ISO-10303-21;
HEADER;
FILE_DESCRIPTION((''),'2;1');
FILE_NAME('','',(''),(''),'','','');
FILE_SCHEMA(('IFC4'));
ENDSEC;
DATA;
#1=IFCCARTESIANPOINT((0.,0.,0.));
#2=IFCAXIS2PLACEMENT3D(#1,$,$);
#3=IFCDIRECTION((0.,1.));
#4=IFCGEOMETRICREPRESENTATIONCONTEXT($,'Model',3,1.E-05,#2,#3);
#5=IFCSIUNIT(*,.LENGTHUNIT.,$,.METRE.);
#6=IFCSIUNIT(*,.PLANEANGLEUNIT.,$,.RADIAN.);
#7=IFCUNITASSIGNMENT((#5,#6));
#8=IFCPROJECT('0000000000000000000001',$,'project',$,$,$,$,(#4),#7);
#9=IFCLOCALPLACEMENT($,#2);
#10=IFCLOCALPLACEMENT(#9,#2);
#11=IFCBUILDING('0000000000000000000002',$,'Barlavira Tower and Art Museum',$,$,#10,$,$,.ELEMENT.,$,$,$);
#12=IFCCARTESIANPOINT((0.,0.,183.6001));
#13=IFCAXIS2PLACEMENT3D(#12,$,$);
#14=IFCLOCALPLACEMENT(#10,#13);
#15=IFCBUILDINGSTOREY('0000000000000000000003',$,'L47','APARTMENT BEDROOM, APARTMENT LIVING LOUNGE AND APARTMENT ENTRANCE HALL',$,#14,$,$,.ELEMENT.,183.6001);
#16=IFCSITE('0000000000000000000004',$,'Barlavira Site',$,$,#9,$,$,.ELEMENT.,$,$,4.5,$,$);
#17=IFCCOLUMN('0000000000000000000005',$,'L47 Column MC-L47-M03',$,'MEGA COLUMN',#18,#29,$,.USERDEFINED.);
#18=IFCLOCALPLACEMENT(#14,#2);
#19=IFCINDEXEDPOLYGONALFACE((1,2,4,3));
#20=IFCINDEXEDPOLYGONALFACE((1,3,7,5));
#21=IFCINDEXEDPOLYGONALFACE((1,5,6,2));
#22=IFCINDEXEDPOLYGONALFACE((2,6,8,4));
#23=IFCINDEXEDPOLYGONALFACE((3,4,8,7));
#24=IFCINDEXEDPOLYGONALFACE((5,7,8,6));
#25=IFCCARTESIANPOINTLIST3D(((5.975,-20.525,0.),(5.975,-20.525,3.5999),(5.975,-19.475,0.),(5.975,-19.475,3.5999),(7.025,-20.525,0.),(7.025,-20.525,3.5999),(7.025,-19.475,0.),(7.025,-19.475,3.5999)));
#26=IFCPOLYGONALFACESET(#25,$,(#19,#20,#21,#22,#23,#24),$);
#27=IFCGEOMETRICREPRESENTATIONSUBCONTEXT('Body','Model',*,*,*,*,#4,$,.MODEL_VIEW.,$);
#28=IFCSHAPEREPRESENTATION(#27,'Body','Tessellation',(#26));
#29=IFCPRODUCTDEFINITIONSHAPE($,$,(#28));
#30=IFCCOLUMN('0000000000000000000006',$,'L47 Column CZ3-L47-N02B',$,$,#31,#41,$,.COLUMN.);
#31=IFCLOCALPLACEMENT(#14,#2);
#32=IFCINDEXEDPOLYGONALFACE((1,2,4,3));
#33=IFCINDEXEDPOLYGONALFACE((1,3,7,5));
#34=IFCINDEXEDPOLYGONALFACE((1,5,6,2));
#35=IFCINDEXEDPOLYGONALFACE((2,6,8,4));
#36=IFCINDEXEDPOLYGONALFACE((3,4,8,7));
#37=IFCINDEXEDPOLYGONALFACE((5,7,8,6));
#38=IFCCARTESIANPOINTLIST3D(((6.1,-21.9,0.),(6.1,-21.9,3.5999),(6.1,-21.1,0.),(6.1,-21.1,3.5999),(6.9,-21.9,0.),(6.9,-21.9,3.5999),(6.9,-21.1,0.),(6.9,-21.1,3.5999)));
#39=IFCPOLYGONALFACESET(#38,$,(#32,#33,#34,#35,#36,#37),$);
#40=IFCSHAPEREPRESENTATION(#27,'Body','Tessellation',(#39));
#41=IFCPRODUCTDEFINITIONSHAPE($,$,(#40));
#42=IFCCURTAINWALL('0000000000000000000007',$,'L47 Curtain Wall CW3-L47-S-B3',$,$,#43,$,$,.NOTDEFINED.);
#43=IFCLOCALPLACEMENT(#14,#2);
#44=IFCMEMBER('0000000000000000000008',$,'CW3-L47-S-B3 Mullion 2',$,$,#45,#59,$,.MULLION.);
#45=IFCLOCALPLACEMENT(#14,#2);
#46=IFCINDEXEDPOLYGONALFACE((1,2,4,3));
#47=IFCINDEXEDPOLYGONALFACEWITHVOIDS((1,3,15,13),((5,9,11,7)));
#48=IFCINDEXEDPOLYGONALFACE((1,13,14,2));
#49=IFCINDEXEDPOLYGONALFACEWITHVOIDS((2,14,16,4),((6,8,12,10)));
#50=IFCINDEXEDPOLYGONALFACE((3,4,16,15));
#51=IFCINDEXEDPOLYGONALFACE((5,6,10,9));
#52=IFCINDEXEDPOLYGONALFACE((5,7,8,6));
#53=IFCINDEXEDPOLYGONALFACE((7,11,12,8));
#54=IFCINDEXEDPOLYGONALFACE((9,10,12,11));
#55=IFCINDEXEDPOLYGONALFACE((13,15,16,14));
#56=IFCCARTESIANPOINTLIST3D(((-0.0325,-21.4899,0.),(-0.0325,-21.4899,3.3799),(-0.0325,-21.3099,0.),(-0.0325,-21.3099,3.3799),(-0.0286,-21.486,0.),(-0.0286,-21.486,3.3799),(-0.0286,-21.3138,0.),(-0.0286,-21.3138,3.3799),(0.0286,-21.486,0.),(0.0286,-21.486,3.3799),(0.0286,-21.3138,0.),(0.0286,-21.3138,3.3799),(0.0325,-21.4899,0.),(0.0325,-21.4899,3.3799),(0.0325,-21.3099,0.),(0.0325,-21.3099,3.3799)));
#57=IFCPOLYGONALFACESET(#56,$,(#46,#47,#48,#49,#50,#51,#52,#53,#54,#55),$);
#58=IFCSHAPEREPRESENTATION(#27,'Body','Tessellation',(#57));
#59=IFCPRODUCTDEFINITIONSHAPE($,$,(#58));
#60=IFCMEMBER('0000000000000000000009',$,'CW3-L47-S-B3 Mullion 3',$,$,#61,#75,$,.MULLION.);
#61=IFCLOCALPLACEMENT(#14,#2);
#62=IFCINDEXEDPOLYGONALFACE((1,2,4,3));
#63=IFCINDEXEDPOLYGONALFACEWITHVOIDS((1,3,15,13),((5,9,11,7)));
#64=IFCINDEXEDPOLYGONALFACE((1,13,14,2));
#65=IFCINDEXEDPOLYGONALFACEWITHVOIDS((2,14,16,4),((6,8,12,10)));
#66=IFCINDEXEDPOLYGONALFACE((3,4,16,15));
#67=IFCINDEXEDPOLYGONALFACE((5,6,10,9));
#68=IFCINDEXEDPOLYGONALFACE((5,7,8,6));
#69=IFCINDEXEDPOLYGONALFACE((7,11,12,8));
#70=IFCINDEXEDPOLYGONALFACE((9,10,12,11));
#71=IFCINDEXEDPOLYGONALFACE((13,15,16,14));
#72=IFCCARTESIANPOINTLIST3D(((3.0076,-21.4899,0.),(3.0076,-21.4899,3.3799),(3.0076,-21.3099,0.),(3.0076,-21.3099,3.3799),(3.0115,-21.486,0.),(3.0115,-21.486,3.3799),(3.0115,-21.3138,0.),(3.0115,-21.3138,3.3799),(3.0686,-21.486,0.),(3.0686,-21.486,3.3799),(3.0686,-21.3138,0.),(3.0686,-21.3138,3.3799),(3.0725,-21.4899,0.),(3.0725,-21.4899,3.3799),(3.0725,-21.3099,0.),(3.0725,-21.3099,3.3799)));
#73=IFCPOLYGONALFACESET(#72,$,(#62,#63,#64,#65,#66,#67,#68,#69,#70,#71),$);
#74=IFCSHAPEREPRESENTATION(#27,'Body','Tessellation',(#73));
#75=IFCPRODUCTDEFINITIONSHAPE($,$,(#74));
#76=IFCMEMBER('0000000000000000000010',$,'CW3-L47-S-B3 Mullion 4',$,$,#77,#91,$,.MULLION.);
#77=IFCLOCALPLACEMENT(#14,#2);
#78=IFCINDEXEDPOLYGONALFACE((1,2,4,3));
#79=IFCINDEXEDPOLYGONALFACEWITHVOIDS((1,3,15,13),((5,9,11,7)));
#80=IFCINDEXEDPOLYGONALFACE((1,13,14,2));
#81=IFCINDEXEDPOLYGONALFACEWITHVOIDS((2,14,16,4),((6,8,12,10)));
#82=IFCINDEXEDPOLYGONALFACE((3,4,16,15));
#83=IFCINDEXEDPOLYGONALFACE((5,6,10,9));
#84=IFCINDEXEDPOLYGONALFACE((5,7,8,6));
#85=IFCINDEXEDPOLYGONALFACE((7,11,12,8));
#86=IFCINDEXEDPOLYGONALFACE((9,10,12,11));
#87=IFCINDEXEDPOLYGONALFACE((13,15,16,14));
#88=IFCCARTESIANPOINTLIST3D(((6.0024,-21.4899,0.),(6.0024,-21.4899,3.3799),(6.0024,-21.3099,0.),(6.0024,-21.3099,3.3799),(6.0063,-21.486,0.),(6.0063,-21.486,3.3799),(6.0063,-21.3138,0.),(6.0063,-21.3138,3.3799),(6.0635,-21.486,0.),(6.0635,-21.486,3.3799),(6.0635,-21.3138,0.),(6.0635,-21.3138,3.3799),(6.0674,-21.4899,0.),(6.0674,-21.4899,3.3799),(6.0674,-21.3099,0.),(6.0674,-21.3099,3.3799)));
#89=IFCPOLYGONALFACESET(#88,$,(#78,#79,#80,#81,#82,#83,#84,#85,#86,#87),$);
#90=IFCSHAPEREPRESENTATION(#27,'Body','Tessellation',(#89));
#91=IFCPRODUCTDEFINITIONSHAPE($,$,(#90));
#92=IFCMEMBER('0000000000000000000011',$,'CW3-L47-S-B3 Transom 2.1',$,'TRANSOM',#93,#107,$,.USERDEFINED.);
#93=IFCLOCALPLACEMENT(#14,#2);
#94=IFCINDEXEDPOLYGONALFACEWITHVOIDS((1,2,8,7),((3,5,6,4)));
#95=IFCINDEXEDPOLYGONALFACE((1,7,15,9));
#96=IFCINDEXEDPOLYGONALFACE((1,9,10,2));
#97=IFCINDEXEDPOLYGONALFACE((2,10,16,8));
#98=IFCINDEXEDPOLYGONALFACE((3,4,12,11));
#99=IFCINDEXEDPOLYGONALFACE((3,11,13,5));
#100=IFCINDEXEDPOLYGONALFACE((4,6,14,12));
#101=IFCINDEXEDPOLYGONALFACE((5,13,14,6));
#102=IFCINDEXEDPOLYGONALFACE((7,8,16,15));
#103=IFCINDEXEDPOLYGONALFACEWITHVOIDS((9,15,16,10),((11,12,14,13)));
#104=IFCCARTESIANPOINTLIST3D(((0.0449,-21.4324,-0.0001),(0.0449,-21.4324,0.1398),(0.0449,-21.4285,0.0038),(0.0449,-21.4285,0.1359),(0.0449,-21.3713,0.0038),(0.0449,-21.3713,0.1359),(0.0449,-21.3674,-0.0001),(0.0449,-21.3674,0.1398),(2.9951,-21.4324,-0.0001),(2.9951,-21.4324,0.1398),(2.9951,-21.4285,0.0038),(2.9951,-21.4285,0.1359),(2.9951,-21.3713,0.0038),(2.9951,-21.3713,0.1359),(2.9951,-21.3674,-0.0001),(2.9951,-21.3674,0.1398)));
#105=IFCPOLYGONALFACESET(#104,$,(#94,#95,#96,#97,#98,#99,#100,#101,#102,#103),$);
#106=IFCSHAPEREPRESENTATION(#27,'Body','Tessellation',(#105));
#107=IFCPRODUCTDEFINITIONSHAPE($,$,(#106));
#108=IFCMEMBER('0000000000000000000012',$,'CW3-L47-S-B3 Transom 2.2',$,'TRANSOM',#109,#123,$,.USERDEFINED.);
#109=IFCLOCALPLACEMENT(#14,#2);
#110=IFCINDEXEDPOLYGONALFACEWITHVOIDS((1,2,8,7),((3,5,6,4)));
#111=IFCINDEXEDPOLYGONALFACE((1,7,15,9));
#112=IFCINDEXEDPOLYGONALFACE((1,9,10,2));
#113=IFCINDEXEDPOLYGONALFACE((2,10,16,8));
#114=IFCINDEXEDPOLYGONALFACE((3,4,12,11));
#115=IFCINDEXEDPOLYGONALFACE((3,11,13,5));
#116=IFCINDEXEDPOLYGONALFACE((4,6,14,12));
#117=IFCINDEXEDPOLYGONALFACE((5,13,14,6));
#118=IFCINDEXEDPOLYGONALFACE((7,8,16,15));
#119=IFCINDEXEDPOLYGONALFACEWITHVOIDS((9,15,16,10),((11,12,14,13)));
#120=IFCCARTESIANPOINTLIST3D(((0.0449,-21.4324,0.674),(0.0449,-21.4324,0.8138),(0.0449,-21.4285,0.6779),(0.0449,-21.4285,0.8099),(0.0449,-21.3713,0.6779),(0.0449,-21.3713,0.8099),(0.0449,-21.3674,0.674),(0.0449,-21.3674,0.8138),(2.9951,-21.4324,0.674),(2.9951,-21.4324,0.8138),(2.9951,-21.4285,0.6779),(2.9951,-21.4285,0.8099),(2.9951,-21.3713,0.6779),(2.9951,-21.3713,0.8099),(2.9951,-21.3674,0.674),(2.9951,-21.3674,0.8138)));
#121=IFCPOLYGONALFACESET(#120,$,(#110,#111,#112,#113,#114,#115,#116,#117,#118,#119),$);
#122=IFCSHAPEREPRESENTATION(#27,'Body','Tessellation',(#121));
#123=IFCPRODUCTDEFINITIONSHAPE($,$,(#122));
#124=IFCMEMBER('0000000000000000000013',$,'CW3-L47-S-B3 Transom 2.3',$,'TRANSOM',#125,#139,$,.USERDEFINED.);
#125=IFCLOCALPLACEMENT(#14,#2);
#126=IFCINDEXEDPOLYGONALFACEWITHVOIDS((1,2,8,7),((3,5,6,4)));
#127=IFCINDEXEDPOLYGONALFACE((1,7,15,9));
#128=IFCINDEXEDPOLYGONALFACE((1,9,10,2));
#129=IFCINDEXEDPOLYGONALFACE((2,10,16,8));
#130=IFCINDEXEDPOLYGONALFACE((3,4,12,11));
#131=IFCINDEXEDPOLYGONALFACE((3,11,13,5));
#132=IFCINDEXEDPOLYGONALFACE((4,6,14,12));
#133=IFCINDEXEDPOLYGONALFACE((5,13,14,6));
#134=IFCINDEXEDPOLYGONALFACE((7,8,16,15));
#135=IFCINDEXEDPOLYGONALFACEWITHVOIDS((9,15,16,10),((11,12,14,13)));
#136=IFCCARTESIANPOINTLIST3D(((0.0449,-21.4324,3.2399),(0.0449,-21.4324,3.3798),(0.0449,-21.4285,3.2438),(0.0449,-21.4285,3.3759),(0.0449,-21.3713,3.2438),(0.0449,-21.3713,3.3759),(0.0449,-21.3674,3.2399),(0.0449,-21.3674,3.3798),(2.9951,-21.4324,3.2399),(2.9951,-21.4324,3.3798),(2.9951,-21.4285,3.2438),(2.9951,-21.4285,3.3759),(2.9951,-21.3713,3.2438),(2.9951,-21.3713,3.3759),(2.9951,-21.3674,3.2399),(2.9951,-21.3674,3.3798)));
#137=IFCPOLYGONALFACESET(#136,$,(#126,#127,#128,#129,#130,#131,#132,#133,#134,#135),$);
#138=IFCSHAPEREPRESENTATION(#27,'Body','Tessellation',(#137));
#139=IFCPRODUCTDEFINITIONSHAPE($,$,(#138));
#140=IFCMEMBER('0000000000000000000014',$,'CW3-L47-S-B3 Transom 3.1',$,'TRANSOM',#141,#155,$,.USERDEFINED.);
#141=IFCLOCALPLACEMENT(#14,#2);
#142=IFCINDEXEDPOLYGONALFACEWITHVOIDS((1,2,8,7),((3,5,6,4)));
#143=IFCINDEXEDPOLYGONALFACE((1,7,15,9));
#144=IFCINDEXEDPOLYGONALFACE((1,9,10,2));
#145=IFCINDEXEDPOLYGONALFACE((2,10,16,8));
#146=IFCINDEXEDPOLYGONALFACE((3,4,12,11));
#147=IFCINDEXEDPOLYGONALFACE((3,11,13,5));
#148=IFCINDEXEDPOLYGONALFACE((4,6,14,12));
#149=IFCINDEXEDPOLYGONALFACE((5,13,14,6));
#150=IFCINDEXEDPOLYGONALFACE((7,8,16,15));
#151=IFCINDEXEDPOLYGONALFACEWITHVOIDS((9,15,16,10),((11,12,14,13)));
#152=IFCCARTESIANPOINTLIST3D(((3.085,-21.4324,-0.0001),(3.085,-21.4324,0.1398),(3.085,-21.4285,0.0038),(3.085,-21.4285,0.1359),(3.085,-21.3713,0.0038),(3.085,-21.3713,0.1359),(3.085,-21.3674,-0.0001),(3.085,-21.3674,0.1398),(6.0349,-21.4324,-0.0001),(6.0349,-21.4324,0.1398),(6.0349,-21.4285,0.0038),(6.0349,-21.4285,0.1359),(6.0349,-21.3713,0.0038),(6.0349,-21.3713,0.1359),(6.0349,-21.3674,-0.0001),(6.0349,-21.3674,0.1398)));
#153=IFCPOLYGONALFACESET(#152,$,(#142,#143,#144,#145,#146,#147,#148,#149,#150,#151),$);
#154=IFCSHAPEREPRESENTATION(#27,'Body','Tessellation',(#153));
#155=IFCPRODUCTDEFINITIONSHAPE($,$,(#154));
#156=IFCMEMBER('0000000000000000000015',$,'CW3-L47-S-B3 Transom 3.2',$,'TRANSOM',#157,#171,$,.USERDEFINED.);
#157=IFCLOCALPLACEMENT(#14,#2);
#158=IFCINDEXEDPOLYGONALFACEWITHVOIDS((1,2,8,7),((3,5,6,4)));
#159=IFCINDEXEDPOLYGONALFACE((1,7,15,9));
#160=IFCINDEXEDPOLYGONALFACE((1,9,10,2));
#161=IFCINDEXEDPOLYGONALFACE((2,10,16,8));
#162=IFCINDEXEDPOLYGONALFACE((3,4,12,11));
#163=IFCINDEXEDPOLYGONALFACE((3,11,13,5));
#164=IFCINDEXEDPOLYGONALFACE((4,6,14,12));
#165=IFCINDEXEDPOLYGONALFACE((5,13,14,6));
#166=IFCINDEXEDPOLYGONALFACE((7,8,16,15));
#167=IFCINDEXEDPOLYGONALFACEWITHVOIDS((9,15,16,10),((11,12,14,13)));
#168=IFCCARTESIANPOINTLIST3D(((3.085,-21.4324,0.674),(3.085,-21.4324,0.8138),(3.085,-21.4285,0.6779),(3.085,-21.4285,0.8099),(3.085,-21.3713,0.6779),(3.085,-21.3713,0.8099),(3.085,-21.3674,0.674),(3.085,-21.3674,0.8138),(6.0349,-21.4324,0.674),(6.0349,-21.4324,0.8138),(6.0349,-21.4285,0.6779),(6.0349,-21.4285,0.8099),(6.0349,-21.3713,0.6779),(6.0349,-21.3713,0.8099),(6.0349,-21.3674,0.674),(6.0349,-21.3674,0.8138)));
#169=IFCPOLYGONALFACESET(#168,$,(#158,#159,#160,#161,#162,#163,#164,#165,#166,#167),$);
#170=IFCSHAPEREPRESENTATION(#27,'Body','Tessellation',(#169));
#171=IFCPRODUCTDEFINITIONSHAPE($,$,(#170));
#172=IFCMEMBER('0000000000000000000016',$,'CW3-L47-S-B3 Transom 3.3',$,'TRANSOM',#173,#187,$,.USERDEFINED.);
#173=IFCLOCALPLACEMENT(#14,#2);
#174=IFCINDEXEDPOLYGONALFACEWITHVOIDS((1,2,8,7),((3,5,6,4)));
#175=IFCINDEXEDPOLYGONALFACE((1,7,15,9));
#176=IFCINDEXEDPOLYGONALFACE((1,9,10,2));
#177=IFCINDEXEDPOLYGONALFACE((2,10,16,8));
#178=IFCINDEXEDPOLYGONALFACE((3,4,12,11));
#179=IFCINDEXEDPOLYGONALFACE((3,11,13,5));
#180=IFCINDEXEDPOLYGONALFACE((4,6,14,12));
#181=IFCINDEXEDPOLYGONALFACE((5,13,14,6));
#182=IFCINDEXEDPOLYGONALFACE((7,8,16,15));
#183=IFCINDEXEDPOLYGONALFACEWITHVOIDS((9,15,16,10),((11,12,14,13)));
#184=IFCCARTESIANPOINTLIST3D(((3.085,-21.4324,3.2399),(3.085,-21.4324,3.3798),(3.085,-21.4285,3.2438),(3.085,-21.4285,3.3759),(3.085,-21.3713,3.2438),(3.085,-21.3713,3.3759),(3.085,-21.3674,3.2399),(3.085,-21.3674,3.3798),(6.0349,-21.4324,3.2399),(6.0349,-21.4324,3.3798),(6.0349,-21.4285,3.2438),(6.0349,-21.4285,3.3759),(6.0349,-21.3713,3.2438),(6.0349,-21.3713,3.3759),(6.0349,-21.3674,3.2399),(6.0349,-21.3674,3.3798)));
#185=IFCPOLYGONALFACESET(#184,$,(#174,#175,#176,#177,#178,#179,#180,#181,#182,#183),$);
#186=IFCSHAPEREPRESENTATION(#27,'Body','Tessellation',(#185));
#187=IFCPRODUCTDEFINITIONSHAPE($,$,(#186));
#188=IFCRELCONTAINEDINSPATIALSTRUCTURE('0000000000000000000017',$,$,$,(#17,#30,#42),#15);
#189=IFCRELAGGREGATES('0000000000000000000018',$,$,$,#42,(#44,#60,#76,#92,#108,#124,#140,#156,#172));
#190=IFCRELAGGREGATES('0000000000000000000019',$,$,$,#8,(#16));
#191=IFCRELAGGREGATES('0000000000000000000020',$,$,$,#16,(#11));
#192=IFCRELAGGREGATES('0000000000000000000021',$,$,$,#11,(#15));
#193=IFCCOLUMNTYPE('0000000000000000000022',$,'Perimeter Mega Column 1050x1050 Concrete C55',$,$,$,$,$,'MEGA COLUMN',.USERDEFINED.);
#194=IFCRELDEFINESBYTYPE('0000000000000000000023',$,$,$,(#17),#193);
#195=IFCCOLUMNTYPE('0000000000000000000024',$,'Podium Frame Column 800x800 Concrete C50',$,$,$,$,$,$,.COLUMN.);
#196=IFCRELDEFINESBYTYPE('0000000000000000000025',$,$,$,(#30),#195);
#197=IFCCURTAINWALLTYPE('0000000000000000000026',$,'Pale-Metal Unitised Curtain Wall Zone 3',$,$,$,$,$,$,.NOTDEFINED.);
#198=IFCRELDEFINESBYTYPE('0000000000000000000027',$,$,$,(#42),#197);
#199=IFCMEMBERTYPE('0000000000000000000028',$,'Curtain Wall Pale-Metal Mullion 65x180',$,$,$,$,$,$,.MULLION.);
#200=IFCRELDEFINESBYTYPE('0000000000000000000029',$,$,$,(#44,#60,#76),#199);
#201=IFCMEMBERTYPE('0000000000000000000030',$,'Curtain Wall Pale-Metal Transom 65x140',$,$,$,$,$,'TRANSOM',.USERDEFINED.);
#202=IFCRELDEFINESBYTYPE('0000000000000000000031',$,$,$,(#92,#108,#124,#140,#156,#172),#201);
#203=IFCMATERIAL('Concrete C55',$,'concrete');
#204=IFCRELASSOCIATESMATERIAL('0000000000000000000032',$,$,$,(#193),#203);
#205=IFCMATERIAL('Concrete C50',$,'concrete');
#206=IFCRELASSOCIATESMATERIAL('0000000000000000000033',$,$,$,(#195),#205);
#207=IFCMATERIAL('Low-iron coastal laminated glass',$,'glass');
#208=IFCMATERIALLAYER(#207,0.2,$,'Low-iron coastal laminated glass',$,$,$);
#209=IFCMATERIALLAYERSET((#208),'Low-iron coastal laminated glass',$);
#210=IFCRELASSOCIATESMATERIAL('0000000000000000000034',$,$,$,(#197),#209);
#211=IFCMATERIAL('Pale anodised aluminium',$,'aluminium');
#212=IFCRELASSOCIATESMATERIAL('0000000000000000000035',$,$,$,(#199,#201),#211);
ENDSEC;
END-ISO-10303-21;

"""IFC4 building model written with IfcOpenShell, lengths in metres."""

from ifc_helpers import new_model, si_unit, direction, frame, origin, origin_2d, place, context, subcontext, project, spatial, rectangle, hollow_rectangle, extrude, material, layer, layer_set, material_profile, profile_set, type_object, element, aggregate, save


model = new_model("IFC4")

# Units and contexts
model_context = context("Model", 3, precision=1e-05, world=origin(), true_north=direction((0.0, 1.0)))
body_context = subcontext(model_context, "Body", "Model", "MODEL_VIEW")
ifc_project = project(units=[si_unit("LENGTHUNIT", "METRE"), si_unit("PLANEANGLEUNIT", "RADIAN")], contexts=[model_context])

# Site, building, storey
site_placement = place(None, origin())
site = spatial("IfcSite", under=ifc_project, at=site_placement, Name="Barlavira Site", CompositionType="ELEMENT", RefElevation=4.5)
building_placement = place(site_placement, origin())
building = spatial("IfcBuilding", under=site, at=building_placement, Name="Barlavira Tower and Art Museum", CompositionType="ELEMENT")
storey_placement = place(building_placement, frame((0.0, 0.0, 183.6001)))
storey = spatial("IfcBuildingStorey", under=building, at=storey_placement, Name="L47", Description="APARTMENT BEDROOM, APARTMENT LIVING LOUNGE AND APARTMENT ENTRANCE HALL", CompositionType="ELEMENT", Elevation=183.6001)

# Columns
ifc_material_1 = material(Name="Concrete C55", Category="concrete")
ifc_material_profile_1 = material_profile(ifc_material_1, rectangle(XDim=1.05, YDim=1.05, at=origin_2d()), Name="RC-COL 1050x1050")
ifc_profile_set_1 = profile_set([ifc_material_profile_1], Name="Concrete C55")
column_type_1 = type_object("IfcColumnType", Name="Perimeter Mega Column 1050x1050 Concrete C55", ElementType="MEGA COLUMN", PredefinedType="USERDEFINED", material=ifc_profile_set_1)
column_1_placement = place(storey_placement, frame((6.5, -20.0, 0.0), z_axis=(0.0, 0.0, 1.0), x_axis=(1.0, 0.0, 0.0)))
element("IfcColumn", 1, at=column_1_placement, inside=storey, type_object=column_type_1, Name="L47 Column MC-L47-M03", ObjectType="MEGA COLUMN", PredefinedType="USERDEFINED", context=body_context, shape_type="SweptSolid", body=[
    extrude(rectangle(XDim=1.05, YDim=1.05, at=origin_2d()), origin(), (0.0, 0.0, 1.0), 3.5999),
])
ifc_material_2 = material(Name="Concrete C50", Category="concrete")
ifc_material_profile_2 = material_profile(ifc_material_2, rectangle(XDim=0.8, YDim=0.8, at=origin_2d()), Name="RC-COL 800x800")
ifc_profile_set_2 = profile_set([ifc_material_profile_2], Name="Concrete C50")
column_type_2 = type_object("IfcColumnType", Name="Podium Frame Column 800x800 Concrete C50", PredefinedType="COLUMN", material=ifc_profile_set_2)
column_2_placement = place(storey_placement, frame((6.5, -21.5, 0.0), z_axis=(0.0, 0.0, 1.0), x_axis=(1.0, 0.0, 0.0)))
element("IfcColumn", 2, at=column_2_placement, inside=storey, type_object=column_type_2, Name="L47 Column CZ3-L47-N02B", PredefinedType="COLUMN", context=body_context, shape_type="SweptSolid", body=[
    extrude(rectangle(XDim=0.8, YDim=0.8, at=origin_2d()), origin(), (0.0, 0.0, 1.0), 3.5999),
])

# Curtain wall, members
ifc_material_3 = material(Name="Low-iron coastal laminated glass", Category="glass")
ifc_layer_1 = layer(ifc_material_3, 0.2, Name="Low-iron coastal laminated glass")
ifc_layer_set_1 = layer_set([ifc_layer_1], Name="Low-iron coastal laminated glass")
curtain_wall_type = type_object("IfcCurtainWallType", Name="Pale-Metal Unitised Curtain Wall Zone 3", PredefinedType="NOTDEFINED", material=ifc_layer_set_1)
curtain_wall_placement = place(storey_placement, origin())
curtain_wall = element("IfcCurtainWall", 3, at=curtain_wall_placement, inside=storey, type_object=curtain_wall_type, Name="L47 Curtain Wall CW3-L47-S-B3", PredefinedType="NOTDEFINED")
ifc_material_4 = material(Name="Pale anodised aluminium", Category="aluminium")
ifc_material_profile_3 = material_profile(ifc_material_4, hollow_rectangle(XDim=0.0649, YDim=0.1799, WallThickness=0.0039, at=origin_2d()), Name="ALU-MULL 65x180x4")
ifc_profile_set_3 = profile_set([ifc_material_profile_3], Name="Pale anodised aluminium")
member_type_1 = type_object("IfcMemberType", Name="Curtain Wall Pale-Metal Mullion 65x180", PredefinedType="MULLION", material=ifc_profile_set_3)
member_1_placement = place(storey_placement, frame((0.0, -21.3999, 0.0), z_axis=(0.0, 0.0, 1.0), x_axis=(1.0, 0.0, 0.0)))
member_1 = element("IfcMember", 4, at=member_1_placement, type_object=member_type_1, Name="CW3-L47-S-B3 Mullion 2", PredefinedType="MULLION", context=body_context, shape_type="SweptSolid", body=[
    extrude(hollow_rectangle(XDim=0.0649, YDim=0.1799, WallThickness=0.0039, at=origin_2d()), origin(), (0.0, 0.0, 1.0), 3.3799),
])
member_2_placement = place(storey_placement, frame((3.04, -21.3999, 0.0), z_axis=(0.0, 0.0, 1.0), x_axis=(1.0, 0.0, 0.0)))
member_2 = element("IfcMember", 5, at=member_2_placement, type_object=member_type_1, Name="CW3-L47-S-B3 Mullion 3", PredefinedType="MULLION", context=body_context, shape_type="SweptSolid", body=[
    extrude(hollow_rectangle(XDim=0.0649, YDim=0.1799, WallThickness=0.0039, at=origin_2d()), origin(), (0.0, 0.0, 1.0), 3.3799),
])
member_3_placement = place(storey_placement, frame((6.0349, -21.3999, 0.0), z_axis=(0.0, 0.0, 1.0), x_axis=(1.0, 0.0, 0.0)))
member_3 = element("IfcMember", 6, at=member_3_placement, type_object=member_type_1, Name="CW3-L47-S-B3 Mullion 4", PredefinedType="MULLION", context=body_context, shape_type="SweptSolid", body=[
    extrude(hollow_rectangle(XDim=0.0649, YDim=0.1799, WallThickness=0.0039, at=origin_2d()), origin(), (0.0, 0.0, 1.0), 3.3799),
])
ifc_material_profile_4 = material_profile(ifc_material_4, hollow_rectangle(XDim=0.0649, YDim=0.1399, WallThickness=0.0039, at=origin_2d()), Name="ALU-TRAN 65x140x4")
ifc_profile_set_4 = profile_set([ifc_material_profile_4], Name="Pale anodised aluminium")
member_type_2 = type_object("IfcMemberType", Name="Curtain Wall Pale-Metal Transom 65x140", ElementType="TRANSOM", PredefinedType="USERDEFINED", material=ifc_profile_set_4)
member_4_placement = place(storey_placement, frame((0.0449, -21.3999, 0.0698), z_axis=(1.0, 0.0, 0.0), x_axis=(0.0, 1.0, 0.0)))
member_4 = element("IfcMember", 7, at=member_4_placement, type_object=member_type_2, Name="CW3-L47-S-B3 Transom 2.1", ObjectType="TRANSOM", PredefinedType="USERDEFINED", context=body_context, shape_type="SweptSolid", body=[
    extrude(hollow_rectangle(XDim=0.0649, YDim=0.1399, WallThickness=0.0039, at=origin_2d()), origin(), (0.0, 0.0, 1.0), 2.9502),
])
member_5_placement = place(storey_placement, frame((0.0449, -21.3999, 0.7439), z_axis=(1.0, 0.0, 0.0), x_axis=(0.0, 1.0, 0.0)))
member_5 = element("IfcMember", 8, at=member_5_placement, type_object=member_type_2, Name="CW3-L47-S-B3 Transom 2.2", ObjectType="TRANSOM", PredefinedType="USERDEFINED", context=body_context, shape_type="SweptSolid", body=[
    extrude(hollow_rectangle(XDim=0.0649, YDim=0.1399, WallThickness=0.0039, at=origin_2d()), origin(), (0.0, 0.0, 1.0), 2.9502),
])
member_6_placement = place(storey_placement, frame((0.0449, -21.3999, 3.3098), z_axis=(1.0, 0.0, 0.0), x_axis=(0.0, 1.0, 0.0)))
member_6 = element("IfcMember", 9, at=member_6_placement, type_object=member_type_2, Name="CW3-L47-S-B3 Transom 2.3", ObjectType="TRANSOM", PredefinedType="USERDEFINED", context=body_context, shape_type="SweptSolid", body=[
    extrude(hollow_rectangle(XDim=0.0649, YDim=0.1399, WallThickness=0.0039, at=origin_2d()), origin(), (0.0, 0.0, 1.0), 2.9502),
])
member_7_placement = place(storey_placement, frame((3.085, -21.3999, 0.0698), z_axis=(1.0, 0.0, 0.0), x_axis=(0.0, 1.0, 0.0)))
member_7 = element("IfcMember", 10, at=member_7_placement, type_object=member_type_2, Name="CW3-L47-S-B3 Transom 3.1", ObjectType="TRANSOM", PredefinedType="USERDEFINED", context=body_context, shape_type="SweptSolid", body=[
    extrude(hollow_rectangle(XDim=0.0649, YDim=0.1399, WallThickness=0.0039, at=origin_2d()), origin(), (0.0, 0.0, 1.0), 2.95),
])
member_8_placement = place(storey_placement, frame((3.085, -21.3999, 0.7439), z_axis=(1.0, 0.0, 0.0), x_axis=(0.0, 1.0, 0.0)))
member_8 = element("IfcMember", 11, at=member_8_placement, type_object=member_type_2, Name="CW3-L47-S-B3 Transom 3.2", ObjectType="TRANSOM", PredefinedType="USERDEFINED", context=body_context, shape_type="SweptSolid", body=[
    extrude(hollow_rectangle(XDim=0.0649, YDim=0.1399, WallThickness=0.0039, at=origin_2d()), origin(), (0.0, 0.0, 1.0), 2.95),
])
member_9_placement = place(storey_placement, frame((3.085, -21.3999, 3.3098), z_axis=(1.0, 0.0, 0.0), x_axis=(0.0, 1.0, 0.0)))
member_9 = element("IfcMember", 12, at=member_9_placement, type_object=member_type_2, Name="CW3-L47-S-B3 Transom 3.3", ObjectType="TRANSOM", PredefinedType="USERDEFINED", context=body_context, shape_type="SweptSolid", body=[
    extrude(hollow_rectangle(XDim=0.0649, YDim=0.1399, WallThickness=0.0039, at=origin_2d()), origin(), (0.0, 0.0, 1.0), 2.95),
])

aggregate(curtain_wall, [member_1, member_2, member_3, member_4, member_5, member_6, member_7, member_8, member_9])

save(model, "model.ifc")
